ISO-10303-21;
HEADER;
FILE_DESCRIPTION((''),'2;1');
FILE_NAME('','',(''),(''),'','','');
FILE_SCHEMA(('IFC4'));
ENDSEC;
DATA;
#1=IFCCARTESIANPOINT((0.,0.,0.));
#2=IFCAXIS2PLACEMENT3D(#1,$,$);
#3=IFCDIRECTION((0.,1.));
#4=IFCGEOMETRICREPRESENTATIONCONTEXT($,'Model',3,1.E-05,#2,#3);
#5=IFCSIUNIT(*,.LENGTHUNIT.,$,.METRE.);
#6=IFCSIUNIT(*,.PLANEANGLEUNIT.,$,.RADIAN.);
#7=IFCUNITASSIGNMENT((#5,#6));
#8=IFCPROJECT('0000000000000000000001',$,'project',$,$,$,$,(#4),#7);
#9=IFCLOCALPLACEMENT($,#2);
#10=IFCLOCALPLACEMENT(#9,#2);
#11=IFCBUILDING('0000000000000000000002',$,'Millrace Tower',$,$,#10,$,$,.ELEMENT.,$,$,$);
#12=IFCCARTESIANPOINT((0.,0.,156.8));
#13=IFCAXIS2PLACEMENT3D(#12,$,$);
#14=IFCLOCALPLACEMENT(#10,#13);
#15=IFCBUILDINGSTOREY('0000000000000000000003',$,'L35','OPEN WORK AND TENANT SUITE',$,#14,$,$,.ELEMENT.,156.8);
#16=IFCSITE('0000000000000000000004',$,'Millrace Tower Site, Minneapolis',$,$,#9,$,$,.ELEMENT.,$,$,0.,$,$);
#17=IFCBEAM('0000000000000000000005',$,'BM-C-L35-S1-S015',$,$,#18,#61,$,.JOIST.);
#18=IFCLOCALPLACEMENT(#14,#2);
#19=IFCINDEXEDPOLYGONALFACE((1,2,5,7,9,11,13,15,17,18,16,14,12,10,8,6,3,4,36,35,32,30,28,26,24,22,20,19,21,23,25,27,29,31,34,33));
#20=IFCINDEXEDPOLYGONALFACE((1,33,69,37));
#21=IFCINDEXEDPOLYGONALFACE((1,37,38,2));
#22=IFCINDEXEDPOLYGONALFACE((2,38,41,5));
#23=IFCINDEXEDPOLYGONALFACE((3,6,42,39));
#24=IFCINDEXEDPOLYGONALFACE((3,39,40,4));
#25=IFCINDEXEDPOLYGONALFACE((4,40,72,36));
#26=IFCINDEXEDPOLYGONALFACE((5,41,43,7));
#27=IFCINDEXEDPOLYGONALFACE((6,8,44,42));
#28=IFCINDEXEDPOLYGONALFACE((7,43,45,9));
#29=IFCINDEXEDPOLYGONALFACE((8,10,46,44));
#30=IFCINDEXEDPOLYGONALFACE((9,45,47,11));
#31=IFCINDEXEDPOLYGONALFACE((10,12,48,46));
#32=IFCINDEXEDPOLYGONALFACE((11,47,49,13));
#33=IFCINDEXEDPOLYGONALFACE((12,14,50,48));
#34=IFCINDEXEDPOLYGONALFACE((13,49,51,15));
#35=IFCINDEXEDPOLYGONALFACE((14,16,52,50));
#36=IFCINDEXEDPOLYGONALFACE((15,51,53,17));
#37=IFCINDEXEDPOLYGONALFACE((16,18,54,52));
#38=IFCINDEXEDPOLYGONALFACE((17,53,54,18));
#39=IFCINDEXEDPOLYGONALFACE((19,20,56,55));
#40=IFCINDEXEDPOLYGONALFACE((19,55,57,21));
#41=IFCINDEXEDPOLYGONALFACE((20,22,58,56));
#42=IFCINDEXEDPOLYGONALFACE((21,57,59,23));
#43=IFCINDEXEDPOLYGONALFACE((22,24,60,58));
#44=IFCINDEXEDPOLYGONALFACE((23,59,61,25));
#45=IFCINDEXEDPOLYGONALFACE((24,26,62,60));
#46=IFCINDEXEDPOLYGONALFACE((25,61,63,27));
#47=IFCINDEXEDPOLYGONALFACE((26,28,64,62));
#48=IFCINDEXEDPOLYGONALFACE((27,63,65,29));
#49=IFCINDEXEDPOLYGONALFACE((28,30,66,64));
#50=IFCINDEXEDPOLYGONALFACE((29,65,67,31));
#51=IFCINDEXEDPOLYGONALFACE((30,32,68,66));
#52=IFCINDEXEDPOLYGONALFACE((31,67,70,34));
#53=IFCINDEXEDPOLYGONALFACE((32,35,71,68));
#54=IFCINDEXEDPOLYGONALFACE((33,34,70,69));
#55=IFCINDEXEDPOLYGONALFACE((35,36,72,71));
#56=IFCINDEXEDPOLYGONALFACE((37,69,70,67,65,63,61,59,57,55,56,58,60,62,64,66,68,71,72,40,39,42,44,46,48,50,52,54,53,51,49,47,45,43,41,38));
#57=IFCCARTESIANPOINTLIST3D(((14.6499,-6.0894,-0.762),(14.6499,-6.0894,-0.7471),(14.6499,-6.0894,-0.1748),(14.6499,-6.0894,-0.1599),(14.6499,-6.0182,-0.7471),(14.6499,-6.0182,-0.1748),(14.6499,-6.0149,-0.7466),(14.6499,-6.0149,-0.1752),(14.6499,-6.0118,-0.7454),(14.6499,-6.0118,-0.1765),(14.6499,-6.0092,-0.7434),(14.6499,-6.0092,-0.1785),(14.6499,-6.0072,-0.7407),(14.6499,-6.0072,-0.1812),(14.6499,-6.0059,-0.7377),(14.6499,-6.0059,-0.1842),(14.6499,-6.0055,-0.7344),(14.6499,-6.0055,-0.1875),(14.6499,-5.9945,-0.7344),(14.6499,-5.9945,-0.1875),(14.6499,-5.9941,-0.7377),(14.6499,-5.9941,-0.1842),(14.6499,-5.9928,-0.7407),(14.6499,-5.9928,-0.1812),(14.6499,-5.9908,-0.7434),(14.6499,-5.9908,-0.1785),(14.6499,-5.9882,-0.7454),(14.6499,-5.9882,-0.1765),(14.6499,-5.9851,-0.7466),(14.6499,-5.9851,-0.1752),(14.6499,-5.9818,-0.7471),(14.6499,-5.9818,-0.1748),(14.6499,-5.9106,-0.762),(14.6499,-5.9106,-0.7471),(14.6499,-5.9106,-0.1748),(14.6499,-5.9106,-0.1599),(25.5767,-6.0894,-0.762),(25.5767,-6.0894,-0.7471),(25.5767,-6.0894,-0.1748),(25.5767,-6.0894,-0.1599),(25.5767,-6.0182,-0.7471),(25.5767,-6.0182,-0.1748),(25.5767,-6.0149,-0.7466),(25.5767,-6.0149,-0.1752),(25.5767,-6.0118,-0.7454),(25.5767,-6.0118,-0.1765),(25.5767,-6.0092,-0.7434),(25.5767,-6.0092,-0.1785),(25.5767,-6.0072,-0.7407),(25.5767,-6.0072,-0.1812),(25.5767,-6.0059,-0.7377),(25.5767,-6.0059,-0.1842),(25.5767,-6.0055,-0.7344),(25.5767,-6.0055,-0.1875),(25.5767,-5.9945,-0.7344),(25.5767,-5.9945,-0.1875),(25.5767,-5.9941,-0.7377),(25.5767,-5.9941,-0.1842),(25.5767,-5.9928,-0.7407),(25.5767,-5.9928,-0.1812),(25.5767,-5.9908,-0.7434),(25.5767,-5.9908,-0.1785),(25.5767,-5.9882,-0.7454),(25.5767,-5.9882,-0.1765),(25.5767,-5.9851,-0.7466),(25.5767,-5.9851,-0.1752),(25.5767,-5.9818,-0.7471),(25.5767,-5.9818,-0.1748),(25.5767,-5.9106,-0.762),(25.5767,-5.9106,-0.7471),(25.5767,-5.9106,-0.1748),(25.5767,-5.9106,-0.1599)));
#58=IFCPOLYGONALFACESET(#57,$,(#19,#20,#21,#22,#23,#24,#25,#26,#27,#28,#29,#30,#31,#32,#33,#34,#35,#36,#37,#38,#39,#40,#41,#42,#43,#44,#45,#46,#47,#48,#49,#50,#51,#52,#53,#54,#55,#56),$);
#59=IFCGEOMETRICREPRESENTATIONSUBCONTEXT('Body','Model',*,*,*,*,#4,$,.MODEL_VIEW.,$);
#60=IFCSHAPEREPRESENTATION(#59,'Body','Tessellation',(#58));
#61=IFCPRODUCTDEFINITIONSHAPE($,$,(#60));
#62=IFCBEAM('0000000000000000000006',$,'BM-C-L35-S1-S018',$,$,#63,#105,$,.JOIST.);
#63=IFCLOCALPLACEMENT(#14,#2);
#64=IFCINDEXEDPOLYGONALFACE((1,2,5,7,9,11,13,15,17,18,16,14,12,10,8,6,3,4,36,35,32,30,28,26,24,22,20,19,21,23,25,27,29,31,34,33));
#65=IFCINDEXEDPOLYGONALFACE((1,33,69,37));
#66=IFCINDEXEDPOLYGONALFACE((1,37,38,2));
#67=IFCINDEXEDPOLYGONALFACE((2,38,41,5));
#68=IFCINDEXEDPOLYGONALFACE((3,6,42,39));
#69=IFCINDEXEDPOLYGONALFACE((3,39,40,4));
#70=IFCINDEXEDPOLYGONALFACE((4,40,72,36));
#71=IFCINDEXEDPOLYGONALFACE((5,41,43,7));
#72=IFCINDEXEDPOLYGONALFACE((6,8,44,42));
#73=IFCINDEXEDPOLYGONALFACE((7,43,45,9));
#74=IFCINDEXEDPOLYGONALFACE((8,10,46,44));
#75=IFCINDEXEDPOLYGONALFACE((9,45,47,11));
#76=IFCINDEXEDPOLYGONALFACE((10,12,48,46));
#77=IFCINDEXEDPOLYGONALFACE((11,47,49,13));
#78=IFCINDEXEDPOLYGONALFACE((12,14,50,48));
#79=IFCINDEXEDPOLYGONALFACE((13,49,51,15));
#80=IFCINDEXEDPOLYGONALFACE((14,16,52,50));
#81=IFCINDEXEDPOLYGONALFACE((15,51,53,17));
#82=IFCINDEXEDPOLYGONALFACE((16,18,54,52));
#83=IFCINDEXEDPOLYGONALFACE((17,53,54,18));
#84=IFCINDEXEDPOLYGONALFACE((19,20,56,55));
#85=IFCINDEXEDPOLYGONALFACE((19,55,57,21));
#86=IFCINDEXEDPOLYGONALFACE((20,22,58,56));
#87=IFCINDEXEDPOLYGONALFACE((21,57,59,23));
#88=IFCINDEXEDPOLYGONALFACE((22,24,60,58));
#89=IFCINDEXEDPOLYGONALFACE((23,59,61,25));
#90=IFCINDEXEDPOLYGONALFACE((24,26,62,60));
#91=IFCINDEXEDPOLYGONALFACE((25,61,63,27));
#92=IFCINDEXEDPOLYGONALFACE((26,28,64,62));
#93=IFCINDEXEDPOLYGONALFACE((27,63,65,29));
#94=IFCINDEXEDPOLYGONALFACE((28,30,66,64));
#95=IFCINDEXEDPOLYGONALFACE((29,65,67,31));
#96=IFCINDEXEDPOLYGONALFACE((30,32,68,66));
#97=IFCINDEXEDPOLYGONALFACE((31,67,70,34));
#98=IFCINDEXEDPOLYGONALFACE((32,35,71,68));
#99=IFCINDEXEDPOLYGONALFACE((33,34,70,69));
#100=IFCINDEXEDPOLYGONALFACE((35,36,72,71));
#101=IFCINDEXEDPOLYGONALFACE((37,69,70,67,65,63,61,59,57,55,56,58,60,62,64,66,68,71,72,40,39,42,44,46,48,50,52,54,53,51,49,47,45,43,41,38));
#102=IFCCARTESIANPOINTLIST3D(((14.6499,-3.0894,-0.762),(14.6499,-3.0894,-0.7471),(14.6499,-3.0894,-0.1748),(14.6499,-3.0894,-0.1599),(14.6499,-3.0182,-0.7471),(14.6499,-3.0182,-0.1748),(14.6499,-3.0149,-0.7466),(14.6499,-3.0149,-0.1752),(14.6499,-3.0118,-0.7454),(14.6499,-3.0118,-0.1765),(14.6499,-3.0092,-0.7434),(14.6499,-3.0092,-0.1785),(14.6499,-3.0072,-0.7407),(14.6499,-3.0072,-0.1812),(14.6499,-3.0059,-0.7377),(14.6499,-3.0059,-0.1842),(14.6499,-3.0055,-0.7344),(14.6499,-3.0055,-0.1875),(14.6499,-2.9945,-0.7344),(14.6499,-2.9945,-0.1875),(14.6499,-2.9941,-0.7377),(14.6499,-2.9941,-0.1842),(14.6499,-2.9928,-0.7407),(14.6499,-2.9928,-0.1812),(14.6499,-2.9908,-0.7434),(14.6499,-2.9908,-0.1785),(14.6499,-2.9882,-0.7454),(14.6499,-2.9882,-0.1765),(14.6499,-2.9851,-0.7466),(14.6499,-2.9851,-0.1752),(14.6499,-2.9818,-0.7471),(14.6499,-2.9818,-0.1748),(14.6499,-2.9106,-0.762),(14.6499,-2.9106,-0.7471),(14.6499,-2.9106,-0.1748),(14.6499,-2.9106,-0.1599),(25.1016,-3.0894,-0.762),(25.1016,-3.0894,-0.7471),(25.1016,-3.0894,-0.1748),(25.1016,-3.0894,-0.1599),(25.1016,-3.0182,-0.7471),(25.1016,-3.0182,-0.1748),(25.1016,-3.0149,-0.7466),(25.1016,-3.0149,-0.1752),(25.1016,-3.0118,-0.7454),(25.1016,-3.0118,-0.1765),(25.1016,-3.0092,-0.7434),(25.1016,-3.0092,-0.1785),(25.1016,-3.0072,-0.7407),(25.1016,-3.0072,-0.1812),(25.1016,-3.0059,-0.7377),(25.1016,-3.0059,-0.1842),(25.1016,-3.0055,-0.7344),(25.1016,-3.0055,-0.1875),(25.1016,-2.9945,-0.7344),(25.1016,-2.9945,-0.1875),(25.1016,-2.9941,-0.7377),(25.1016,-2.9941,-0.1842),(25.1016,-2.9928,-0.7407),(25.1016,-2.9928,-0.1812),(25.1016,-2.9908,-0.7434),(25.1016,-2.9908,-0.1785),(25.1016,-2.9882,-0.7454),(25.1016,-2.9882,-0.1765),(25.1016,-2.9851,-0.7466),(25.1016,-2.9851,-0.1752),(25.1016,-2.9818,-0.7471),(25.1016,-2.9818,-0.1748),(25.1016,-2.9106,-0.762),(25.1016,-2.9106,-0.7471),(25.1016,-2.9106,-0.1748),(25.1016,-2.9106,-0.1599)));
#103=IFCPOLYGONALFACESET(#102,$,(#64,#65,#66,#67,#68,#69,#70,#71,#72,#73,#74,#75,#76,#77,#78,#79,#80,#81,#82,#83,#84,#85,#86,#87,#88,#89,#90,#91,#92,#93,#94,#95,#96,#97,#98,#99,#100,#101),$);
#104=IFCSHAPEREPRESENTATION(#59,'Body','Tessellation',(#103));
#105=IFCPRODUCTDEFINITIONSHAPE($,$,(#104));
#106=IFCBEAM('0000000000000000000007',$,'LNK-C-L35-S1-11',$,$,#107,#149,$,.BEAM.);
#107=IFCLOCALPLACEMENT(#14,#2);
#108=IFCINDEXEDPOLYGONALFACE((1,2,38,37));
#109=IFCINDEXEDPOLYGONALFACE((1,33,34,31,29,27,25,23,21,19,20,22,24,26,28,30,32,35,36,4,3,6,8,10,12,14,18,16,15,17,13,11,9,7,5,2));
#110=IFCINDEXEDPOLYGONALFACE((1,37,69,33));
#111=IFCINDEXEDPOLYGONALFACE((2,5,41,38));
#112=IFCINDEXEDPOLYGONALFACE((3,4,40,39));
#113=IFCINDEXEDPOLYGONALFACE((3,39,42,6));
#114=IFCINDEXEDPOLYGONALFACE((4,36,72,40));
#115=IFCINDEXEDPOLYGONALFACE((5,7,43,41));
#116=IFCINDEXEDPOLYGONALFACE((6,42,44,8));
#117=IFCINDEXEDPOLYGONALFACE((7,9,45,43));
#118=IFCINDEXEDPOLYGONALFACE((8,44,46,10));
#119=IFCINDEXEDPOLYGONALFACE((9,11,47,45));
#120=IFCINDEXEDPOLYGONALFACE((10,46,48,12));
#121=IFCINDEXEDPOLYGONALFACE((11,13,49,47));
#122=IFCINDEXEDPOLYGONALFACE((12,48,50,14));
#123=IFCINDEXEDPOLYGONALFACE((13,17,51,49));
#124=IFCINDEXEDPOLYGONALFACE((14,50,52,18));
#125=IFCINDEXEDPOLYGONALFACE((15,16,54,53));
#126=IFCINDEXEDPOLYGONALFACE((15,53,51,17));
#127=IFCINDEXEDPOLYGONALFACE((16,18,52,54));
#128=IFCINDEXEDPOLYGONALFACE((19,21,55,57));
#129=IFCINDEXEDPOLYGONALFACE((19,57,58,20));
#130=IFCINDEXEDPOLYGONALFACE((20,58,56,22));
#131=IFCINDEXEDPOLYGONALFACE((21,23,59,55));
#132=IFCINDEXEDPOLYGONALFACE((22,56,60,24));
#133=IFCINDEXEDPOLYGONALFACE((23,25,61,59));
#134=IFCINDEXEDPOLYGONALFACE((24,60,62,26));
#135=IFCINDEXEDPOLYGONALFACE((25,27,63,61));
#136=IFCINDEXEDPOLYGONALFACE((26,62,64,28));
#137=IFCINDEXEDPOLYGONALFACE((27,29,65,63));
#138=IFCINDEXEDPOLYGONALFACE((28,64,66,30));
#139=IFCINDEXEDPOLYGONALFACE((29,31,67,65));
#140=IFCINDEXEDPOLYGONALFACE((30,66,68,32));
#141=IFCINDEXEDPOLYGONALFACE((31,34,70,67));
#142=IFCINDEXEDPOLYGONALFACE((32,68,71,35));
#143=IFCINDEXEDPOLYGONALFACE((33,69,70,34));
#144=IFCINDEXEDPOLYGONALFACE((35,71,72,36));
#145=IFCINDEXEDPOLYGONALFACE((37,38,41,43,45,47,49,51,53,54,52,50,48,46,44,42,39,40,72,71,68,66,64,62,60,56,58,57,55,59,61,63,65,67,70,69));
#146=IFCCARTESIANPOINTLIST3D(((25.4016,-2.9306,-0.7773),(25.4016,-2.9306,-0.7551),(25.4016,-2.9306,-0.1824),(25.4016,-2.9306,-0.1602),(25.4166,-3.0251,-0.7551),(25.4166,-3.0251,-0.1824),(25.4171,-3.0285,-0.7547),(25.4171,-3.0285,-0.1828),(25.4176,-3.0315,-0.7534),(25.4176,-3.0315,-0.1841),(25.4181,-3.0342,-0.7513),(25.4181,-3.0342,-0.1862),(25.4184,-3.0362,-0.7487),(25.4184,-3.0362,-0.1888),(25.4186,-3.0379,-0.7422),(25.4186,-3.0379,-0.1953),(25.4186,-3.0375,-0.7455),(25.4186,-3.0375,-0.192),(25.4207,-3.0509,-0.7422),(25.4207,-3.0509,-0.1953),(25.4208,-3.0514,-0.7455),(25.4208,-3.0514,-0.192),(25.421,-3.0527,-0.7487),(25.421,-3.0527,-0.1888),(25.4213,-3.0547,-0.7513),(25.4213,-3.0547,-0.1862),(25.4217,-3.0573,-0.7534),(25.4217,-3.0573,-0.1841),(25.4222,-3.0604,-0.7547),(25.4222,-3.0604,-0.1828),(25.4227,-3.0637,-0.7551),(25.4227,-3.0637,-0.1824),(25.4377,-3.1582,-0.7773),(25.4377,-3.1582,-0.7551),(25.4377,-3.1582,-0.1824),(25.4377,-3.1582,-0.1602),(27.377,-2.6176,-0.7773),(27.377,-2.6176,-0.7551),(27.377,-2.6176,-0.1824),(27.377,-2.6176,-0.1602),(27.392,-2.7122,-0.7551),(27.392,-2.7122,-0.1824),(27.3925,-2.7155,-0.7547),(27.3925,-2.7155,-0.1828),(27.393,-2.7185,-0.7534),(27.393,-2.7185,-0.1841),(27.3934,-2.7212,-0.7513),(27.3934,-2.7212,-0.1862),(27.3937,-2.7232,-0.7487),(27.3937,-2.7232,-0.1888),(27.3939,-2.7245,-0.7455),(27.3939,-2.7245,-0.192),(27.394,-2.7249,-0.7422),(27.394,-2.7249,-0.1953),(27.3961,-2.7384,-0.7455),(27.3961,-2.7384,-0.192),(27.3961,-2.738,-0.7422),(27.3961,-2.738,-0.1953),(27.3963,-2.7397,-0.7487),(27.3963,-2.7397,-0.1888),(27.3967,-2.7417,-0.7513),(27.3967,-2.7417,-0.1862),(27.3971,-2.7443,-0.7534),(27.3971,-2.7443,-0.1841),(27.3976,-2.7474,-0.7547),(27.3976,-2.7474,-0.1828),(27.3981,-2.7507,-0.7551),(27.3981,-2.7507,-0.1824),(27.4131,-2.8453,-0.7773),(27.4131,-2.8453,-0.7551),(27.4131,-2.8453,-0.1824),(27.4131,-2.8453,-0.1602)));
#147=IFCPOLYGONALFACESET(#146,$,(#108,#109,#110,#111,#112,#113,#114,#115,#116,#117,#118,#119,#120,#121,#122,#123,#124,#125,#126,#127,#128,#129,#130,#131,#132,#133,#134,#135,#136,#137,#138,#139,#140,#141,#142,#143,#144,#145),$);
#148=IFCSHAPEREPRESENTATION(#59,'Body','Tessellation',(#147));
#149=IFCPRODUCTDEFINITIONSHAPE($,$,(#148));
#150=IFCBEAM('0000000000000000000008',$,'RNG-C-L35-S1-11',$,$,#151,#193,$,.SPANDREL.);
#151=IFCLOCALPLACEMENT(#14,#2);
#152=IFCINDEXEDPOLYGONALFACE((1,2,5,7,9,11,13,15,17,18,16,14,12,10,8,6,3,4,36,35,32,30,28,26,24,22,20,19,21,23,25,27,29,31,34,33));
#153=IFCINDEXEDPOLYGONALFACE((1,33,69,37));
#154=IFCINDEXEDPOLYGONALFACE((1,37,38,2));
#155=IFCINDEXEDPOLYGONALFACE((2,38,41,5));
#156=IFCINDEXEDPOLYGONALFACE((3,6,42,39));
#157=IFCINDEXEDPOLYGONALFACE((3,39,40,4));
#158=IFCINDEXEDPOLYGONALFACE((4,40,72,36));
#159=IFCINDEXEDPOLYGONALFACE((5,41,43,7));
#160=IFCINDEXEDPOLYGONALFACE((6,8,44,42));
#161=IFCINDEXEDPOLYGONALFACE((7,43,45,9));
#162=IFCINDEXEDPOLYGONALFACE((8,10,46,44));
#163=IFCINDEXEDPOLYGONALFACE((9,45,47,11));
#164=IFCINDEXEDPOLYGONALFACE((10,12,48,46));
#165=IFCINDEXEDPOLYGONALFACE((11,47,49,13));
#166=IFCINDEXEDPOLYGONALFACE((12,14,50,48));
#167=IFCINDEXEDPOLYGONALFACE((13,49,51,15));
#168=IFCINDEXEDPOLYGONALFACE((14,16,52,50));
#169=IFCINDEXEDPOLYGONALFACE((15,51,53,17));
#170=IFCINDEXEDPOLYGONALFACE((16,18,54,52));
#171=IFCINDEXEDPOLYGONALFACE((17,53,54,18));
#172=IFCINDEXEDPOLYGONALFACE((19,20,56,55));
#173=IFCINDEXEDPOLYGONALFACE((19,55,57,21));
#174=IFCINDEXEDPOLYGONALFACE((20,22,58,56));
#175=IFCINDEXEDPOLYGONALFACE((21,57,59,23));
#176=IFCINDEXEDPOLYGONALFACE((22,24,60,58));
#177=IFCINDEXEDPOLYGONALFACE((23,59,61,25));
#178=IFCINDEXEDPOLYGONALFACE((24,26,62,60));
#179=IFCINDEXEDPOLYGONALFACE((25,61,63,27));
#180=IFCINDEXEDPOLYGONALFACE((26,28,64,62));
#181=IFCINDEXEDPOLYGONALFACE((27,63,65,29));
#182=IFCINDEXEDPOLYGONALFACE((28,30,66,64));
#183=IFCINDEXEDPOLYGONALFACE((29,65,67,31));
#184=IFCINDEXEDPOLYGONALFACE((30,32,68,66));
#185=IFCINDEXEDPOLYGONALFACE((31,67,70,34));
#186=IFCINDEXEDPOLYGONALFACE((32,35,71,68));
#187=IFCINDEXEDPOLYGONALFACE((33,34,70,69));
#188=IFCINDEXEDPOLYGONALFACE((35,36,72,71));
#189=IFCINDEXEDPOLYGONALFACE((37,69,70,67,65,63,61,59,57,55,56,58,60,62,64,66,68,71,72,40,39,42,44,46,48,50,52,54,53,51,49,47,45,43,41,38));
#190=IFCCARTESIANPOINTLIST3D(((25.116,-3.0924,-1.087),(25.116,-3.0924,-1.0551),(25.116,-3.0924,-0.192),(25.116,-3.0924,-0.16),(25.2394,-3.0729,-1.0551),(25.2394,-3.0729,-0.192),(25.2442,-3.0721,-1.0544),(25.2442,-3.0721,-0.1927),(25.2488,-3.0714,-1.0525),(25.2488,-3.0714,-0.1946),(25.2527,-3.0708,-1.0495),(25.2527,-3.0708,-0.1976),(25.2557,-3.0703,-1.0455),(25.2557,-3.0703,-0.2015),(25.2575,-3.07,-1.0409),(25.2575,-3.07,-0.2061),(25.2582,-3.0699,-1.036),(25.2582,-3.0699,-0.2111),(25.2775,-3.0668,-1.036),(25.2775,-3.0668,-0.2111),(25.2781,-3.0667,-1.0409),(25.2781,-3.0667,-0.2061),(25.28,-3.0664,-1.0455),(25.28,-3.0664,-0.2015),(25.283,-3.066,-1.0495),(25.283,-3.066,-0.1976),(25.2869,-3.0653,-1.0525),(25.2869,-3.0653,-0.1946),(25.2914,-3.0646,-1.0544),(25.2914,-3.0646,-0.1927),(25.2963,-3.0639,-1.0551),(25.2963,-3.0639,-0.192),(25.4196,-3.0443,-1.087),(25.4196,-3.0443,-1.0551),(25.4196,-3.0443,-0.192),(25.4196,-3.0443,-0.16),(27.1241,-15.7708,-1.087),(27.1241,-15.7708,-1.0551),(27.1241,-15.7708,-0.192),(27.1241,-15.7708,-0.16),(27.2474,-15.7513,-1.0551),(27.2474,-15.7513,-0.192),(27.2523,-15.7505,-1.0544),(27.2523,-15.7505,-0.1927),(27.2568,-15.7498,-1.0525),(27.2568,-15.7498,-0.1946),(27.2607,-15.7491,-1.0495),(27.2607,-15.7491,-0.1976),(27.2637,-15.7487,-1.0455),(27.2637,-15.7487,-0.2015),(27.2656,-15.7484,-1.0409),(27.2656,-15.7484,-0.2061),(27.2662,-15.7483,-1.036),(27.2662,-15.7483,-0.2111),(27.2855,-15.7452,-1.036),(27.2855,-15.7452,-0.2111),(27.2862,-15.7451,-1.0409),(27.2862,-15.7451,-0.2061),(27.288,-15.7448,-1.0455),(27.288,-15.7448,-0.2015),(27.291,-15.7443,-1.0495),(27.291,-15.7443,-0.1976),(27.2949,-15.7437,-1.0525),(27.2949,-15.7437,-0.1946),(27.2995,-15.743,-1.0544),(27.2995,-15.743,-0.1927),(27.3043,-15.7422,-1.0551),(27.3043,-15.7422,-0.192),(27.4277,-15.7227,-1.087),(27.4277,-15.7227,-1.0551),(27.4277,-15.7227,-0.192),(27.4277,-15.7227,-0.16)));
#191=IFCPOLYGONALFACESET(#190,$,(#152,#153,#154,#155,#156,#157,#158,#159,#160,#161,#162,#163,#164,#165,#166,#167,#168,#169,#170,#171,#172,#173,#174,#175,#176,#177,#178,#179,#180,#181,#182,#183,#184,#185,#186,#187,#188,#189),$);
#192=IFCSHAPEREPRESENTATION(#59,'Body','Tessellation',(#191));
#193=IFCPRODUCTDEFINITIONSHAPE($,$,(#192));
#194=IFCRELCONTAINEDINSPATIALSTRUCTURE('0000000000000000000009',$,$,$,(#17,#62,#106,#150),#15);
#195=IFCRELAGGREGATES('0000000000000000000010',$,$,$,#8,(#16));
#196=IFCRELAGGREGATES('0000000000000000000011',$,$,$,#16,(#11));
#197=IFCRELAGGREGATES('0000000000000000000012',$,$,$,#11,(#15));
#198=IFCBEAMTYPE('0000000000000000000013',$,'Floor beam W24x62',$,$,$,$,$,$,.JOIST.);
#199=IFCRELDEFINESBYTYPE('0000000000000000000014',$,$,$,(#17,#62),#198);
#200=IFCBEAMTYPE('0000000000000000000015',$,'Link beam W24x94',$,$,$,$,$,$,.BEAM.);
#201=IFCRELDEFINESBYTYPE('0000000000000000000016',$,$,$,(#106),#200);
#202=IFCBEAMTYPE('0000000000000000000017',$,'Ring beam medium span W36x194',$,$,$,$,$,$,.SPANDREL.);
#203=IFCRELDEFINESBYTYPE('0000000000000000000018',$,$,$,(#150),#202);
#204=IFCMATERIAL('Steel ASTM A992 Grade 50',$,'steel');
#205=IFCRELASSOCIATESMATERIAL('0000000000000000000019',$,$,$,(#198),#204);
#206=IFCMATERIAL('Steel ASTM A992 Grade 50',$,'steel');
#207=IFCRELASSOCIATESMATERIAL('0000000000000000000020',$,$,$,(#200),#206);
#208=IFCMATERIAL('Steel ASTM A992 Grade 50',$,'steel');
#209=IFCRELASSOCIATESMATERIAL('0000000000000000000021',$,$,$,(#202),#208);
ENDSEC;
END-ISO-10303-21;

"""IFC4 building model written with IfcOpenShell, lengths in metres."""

from ifc_helpers import new_model, si_unit, direction, frame, origin, origin_2d, place, context, subcontext, project, spatial, i_section, extrude, material, material_profile, profile_set, type_object, element, save


model = new_model("IFC4")

# Units and contexts
model_context = context("Model", 3, precision=1e-05, world=origin(), true_north=direction((0.0, 1.0)))
body_context = subcontext(model_context, "Body", "Model", "MODEL_VIEW")
ifc_project = project(units=[si_unit("LENGTHUNIT", "METRE"), si_unit("PLANEANGLEUNIT", "RADIAN")], contexts=[model_context])

# Site, building, storey
site_placement = place(None, origin())
site = spatial("IfcSite", under=ifc_project, at=site_placement, Name="Millrace Tower Site, Minneapolis", CompositionType="ELEMENT", RefElevation=0.0)
building_placement = place(site_placement, origin())
building = spatial("IfcBuilding", under=site, at=building_placement, Name="Millrace Tower", CompositionType="ELEMENT")
storey_placement = place(building_placement, frame((0.0, 0.0, 156.8)))
storey = spatial("IfcBuildingStorey", under=building, at=storey_placement, Name="L35", Description="OPEN WORK AND TENANT SUITE", CompositionType="ELEMENT", Elevation=156.8)

# Beams
ifc_material_1 = material(Name="Steel ASTM A992 Grade 50", Category="steel")
ifc_material_profile_1 = material_profile(ifc_material_1, i_section(OverallWidth=0.1787, OverallDepth=0.6021, WebThickness=0.011, FlangeThickness=0.0149, FilletRadius=0.0127, at=origin_2d()))
ifc_profile_set_1 = profile_set([ifc_material_profile_1], Name="Steel ASTM A992 Grade 50")
beam_type_1 = type_object("IfcBeamType", Name="Floor beam W24x62", PredefinedType="JOIST", material=ifc_profile_set_1)
beam_1_placement = place(storey_placement, frame((14.6499, -6.0, -0.4609), z_axis=(1.0, 0.0, 0.0), x_axis=(0.0, 1.0, 0.0)))
element("IfcBeam", 1, at=beam_1_placement, inside=storey, type_object=beam_type_1, Name="BM-C-L35-S1-S015", PredefinedType="JOIST", context=body_context, shape_type="SweptSolid", body=[
    extrude(i_section(OverallWidth=0.1787, OverallDepth=0.6021, WebThickness=0.011, FlangeThickness=0.0149, FilletRadius=0.0127, at=origin_2d()), origin(), (0.0, 0.0, 1.0), 10.9268),
])
beam_2_placement = place(storey_placement, frame((14.6499, -3.0, -0.4609), z_axis=(1.0, 0.0, 0.0), x_axis=(0.0, 1.0, 0.0)))
element("IfcBeam", 2, at=beam_2_placement, inside=storey, type_object=beam_type_1, Name="BM-C-L35-S1-S018", PredefinedType="JOIST", context=body_context, shape_type="SweptSolid", body=[
    extrude(i_section(OverallWidth=0.1787, OverallDepth=0.6021, WebThickness=0.011, FlangeThickness=0.0149, FilletRadius=0.0127, at=origin_2d()), origin(), (0.0, 0.0, 1.0), 10.4517),
])
ifc_material_2 = material(Name="Steel ASTM A992 Grade 50", Category="steel")
ifc_material_profile_2 = material_profile(ifc_material_2, i_section(OverallWidth=0.2305, OverallDepth=0.6172, WebThickness=0.0132, FlangeThickness=0.0222, FilletRadius=0.0129, at=origin_2d()))
ifc_profile_set_2 = profile_set([ifc_material_profile_2], Name="Steel ASTM A992 Grade 50")
beam_type_2 = type_object("IfcBeamType", Name="Link beam W24x94", PredefinedType="BEAM", material=ifc_profile_set_2)
beam_3_placement = place(storey_placement, frame((25.4197, -3.0444, -0.4688), z_axis=(0.987679, 0.156495, 0.0), x_axis=(-0.156495, 0.987679, 0.0)))
element("IfcBeam", 3, at=beam_3_placement, inside=storey, type_object=beam_type_2, Name="LNK-C-L35-S1-11", PredefinedType="BEAM", context=body_context, shape_type="SweptSolid", body=[
    extrude(i_section(OverallWidth=0.2305, OverallDepth=0.6172, WebThickness=0.0132, FlangeThickness=0.0222, FilletRadius=0.0129, at=origin_2d()), origin(), (0.0, 0.0, 1.0), 2.0),
])
ifc_material_3 = material(Name="Steel ASTM A992 Grade 50", Category="steel")
ifc_material_profile_3 = material_profile(ifc_material_3, i_section(OverallWidth=0.3074, OverallDepth=0.927, WebThickness=0.0195, FlangeThickness=0.032, FilletRadius=0.019, at=origin_2d()))
ifc_profile_set_3 = profile_set([ifc_material_profile_3], Name="Steel ASTM A992 Grade 50")
beam_type_3 = type_object("IfcBeamType", Name="Ring beam medium span W36x194", PredefinedType="SPANDREL", material=ifc_profile_set_3)
beam_4_placement = place(storey_placement, frame((25.2678, -3.0684, -0.6235), z_axis=(0.156433, -0.987689, 0.0), x_axis=(0.987689, 0.156433, 0.0)))
element("IfcBeam", 4, at=beam_4_placement, inside=storey, type_object=beam_type_3, Name="RNG-C-L35-S1-11", PredefinedType="SPANDREL", context=body_context, shape_type="SweptSolid", body=[
    extrude(i_section(OverallWidth=0.3074, OverallDepth=0.927, WebThickness=0.0195, FlangeThickness=0.032, FilletRadius=0.019, at=origin_2d()), origin(), (0.0, 0.0, 1.0), 12.8364),
])

save(model, "model.ifc")
